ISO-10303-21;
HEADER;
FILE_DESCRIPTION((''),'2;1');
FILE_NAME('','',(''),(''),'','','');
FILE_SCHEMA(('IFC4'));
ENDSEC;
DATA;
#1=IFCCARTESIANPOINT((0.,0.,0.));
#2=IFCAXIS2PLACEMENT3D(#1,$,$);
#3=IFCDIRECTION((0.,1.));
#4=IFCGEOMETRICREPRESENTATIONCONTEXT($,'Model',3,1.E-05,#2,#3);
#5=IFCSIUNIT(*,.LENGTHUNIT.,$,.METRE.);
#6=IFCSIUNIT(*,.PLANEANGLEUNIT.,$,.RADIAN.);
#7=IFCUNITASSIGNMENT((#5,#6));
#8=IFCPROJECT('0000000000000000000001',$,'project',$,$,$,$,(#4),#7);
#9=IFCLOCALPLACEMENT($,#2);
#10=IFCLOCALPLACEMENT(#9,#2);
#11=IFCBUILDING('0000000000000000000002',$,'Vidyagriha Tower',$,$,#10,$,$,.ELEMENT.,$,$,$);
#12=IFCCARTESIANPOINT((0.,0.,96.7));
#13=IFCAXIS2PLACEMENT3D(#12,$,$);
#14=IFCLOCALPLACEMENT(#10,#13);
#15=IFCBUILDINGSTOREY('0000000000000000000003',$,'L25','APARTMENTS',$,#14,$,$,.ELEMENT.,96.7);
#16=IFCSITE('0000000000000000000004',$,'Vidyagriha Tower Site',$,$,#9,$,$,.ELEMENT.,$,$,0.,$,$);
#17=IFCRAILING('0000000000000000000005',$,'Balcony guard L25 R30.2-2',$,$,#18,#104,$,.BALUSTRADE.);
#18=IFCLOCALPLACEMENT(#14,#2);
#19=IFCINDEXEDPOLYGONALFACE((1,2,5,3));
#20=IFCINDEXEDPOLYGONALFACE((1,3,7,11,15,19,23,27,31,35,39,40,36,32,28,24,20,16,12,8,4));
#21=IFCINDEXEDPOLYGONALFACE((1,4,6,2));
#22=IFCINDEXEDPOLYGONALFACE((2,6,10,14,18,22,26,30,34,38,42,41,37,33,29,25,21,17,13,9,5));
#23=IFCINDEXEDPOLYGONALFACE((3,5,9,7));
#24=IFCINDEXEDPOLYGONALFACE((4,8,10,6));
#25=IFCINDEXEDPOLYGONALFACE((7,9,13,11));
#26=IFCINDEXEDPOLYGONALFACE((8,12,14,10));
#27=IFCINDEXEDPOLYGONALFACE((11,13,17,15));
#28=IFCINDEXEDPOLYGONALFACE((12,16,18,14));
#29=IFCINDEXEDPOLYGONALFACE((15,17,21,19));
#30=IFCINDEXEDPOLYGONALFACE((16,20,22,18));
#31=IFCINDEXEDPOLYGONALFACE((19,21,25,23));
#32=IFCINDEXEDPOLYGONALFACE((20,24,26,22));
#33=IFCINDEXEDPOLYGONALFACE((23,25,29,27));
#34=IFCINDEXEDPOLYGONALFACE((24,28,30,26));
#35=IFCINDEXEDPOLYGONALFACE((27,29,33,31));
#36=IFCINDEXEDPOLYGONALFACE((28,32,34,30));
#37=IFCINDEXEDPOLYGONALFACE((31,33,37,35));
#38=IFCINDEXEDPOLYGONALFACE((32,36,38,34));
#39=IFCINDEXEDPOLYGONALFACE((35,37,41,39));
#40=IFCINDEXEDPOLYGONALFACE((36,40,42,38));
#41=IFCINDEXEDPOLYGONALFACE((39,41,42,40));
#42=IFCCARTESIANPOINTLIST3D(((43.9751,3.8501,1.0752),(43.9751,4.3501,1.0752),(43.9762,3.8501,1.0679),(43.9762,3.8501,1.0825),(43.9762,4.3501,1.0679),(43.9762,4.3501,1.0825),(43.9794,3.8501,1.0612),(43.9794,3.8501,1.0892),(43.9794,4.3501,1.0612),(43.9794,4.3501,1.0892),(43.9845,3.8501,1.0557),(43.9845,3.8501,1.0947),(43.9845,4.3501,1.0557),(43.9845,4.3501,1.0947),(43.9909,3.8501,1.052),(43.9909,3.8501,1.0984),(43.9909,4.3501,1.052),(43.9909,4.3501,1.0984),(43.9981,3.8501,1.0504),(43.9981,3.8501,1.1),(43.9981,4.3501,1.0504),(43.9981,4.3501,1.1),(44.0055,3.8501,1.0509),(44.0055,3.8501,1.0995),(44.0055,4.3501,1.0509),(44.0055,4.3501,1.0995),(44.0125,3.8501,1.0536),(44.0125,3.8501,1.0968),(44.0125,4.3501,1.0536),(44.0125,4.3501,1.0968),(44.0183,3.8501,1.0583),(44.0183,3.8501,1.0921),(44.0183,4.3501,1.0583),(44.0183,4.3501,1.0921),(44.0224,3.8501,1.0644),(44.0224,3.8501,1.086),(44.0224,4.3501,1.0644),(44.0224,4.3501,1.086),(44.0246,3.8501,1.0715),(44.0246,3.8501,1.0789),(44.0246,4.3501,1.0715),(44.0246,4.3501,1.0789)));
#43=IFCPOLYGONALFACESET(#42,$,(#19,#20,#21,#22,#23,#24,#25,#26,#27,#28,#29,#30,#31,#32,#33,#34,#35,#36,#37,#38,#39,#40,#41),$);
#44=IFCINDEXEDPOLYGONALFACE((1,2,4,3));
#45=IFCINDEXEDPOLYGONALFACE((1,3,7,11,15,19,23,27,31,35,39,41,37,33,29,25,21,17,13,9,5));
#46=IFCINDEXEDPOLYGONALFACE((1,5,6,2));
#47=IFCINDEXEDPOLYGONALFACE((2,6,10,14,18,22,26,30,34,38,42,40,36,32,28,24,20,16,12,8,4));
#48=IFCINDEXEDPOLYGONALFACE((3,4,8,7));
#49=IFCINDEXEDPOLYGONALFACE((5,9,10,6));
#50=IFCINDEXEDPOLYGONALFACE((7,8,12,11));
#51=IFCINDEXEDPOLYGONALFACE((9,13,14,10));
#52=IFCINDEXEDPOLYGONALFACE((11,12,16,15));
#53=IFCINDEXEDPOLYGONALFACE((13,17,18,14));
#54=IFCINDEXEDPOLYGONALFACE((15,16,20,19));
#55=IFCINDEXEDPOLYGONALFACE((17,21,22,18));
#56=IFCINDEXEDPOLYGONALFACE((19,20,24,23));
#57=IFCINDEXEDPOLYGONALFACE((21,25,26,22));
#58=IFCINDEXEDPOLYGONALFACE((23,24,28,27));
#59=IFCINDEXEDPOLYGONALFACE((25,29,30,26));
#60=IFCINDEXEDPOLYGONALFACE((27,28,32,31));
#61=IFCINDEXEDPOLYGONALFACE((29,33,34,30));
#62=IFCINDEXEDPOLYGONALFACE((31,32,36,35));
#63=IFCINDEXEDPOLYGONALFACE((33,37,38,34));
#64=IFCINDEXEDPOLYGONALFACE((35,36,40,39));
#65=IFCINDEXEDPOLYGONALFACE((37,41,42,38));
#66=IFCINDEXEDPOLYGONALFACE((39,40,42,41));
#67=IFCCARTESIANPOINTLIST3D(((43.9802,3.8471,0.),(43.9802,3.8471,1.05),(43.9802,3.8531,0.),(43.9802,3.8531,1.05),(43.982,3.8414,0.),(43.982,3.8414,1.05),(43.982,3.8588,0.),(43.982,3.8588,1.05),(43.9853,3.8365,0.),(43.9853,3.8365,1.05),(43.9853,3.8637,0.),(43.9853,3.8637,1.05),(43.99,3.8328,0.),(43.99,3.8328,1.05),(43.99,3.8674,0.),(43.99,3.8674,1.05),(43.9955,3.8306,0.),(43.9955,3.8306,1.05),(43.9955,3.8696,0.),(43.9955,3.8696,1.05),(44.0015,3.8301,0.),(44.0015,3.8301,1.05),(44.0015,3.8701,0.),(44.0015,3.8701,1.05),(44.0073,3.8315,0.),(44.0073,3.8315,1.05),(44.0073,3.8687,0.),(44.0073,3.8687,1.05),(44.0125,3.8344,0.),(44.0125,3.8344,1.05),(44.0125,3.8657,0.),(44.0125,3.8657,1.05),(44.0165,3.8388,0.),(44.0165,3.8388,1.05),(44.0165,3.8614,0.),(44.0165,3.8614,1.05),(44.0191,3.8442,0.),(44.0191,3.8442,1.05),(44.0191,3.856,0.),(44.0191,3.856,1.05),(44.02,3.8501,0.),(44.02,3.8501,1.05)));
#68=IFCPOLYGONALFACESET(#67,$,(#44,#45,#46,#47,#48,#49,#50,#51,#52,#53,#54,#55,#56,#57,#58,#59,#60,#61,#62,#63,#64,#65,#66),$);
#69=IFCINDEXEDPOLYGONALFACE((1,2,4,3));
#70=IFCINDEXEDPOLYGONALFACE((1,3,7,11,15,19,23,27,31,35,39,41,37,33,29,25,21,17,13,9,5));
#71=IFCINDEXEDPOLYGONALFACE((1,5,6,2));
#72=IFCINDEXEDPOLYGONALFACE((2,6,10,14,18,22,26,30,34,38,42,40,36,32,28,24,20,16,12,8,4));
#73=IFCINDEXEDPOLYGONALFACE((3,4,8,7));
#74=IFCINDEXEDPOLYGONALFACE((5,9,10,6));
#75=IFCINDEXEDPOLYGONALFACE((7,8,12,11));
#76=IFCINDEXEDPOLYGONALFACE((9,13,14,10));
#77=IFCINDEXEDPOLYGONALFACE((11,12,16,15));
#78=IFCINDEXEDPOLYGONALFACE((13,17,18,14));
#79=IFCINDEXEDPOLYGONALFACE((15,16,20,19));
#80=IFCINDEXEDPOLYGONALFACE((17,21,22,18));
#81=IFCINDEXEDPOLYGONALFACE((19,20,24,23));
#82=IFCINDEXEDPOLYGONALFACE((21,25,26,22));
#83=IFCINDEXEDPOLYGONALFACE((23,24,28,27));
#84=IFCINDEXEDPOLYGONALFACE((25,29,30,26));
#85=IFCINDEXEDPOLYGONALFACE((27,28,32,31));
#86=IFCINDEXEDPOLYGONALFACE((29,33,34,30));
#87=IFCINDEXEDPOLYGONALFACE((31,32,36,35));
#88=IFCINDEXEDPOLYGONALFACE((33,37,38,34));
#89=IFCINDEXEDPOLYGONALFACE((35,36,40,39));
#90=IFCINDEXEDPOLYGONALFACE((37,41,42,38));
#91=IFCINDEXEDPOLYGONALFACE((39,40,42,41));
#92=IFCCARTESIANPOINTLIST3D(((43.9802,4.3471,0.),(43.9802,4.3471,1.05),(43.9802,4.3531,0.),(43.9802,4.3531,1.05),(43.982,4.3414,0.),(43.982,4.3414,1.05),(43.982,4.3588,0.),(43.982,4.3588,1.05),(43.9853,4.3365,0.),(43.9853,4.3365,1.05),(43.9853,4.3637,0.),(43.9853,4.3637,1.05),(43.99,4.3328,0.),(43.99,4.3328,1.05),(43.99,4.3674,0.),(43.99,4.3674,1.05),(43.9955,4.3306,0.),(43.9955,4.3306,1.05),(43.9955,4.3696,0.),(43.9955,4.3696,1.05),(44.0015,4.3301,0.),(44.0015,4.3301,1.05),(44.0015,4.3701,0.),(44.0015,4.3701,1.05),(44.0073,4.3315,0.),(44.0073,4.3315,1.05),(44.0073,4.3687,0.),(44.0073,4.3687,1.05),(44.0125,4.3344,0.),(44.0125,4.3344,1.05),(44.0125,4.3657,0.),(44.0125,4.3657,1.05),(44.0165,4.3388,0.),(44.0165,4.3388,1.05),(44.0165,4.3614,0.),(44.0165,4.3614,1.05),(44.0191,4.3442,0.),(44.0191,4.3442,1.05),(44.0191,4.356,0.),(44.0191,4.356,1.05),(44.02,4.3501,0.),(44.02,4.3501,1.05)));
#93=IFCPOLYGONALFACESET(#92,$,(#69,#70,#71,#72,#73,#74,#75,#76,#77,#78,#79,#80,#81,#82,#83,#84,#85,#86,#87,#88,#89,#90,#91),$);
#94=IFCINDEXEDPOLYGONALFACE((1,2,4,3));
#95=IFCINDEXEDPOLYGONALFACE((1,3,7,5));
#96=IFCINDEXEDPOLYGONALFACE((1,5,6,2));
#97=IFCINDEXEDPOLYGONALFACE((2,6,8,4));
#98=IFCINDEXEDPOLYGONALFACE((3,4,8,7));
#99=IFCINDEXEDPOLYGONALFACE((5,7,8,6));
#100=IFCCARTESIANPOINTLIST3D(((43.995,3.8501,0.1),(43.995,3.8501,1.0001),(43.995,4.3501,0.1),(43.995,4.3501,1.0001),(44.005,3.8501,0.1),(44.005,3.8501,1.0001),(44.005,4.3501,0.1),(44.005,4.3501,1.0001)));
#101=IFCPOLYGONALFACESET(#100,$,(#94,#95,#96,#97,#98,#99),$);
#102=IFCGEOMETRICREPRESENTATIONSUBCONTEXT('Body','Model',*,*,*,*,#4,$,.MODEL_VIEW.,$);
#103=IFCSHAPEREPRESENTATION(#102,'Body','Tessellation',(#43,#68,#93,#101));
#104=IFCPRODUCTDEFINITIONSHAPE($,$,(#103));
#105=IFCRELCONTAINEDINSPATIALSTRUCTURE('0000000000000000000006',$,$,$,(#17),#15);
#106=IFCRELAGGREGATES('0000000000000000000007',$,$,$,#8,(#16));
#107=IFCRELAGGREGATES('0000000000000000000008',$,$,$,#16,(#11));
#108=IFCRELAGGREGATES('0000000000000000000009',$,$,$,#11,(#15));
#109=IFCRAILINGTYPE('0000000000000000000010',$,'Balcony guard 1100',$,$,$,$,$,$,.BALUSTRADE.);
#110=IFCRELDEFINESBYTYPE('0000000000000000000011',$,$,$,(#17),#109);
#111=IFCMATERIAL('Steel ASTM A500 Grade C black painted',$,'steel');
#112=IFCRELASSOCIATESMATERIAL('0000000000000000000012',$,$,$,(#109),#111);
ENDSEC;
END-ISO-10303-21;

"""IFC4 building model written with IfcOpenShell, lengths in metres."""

from ifc_helpers import new_model, si_unit, direction, frame, origin, origin_2d, place, context, subcontext, project, spatial, rectangle, circle, extrude, material, type_object, element, save


model = new_model("IFC4")

# Units and contexts
model_context = context("Model", 3, precision=1e-05, world=origin(), true_north=direction((0.0, 1.0)))
body_context = subcontext(model_context, "Body", "Model", "MODEL_VIEW")
ifc_project = project(units=[si_unit("LENGTHUNIT", "METRE"), si_unit("PLANEANGLEUNIT", "RADIAN")], contexts=[model_context])

# Site, building, storey
site_placement = place(None, origin())
site = spatial("IfcSite", under=ifc_project, at=site_placement, Name="Vidyagriha Tower Site", CompositionType="ELEMENT", RefElevation=0.0)
building_placement = place(site_placement, origin())
building = spatial("IfcBuilding", under=site, at=building_placement, Name="Vidyagriha Tower", CompositionType="ELEMENT")
storey_placement = place(building_placement, frame((0.0, 0.0, 96.7)))
storey = spatial("IfcBuildingStorey", under=building, at=storey_placement, Name="L25", Description="APARTMENTS", CompositionType="ELEMENT", Elevation=96.7)

# Railing
ifc_material_1 = material(Name="Steel ASTM A500 Grade C black painted", Category="steel")
railing_type_1 = type_object("IfcRailingType", Name="Balcony guard 1100", PredefinedType="BALUSTRADE", material=ifc_material_1)
railing_1_placement = place(storey_placement, frame((44.0, 3.8501, 0.0)))
element("IfcRailing", 1, at=railing_1_placement, inside=storey, type_object=railing_type_1, Name="Balcony guard L25 R30.2-2", PredefinedType="BALUSTRADE", context=body_context, shape_type="SweptSolid", body=[
    extrude(circle(Radius=0.0249, at=origin_2d()), frame((0.0, 0.0, 1.0752), z_axis=(0.0, 1.0, 0.0), x_axis=(-1.0, 0.0, 0.0)), (0.0, 0.0, 1.0), 0.5),
    extrude(circle(Radius=0.02, at=origin_2d()), origin(), (0.0, 0.0, 1.0), 1.05),
    extrude(circle(Radius=0.02, at=origin_2d()), frame((0.0, 0.5, 0.0)), (0.0, 0.0, 1.0), 1.05),
    extrude(rectangle(XDim=0.01, YDim=0.9001, at=origin_2d()), frame((0.0, 0.0, 0.55), z_axis=(0.0, 1.0, 0.0), x_axis=(-1.0, 0.0, 0.0)), (0.0, 0.0, 1.0), 0.5),
])

save(model, "model.ifc")
